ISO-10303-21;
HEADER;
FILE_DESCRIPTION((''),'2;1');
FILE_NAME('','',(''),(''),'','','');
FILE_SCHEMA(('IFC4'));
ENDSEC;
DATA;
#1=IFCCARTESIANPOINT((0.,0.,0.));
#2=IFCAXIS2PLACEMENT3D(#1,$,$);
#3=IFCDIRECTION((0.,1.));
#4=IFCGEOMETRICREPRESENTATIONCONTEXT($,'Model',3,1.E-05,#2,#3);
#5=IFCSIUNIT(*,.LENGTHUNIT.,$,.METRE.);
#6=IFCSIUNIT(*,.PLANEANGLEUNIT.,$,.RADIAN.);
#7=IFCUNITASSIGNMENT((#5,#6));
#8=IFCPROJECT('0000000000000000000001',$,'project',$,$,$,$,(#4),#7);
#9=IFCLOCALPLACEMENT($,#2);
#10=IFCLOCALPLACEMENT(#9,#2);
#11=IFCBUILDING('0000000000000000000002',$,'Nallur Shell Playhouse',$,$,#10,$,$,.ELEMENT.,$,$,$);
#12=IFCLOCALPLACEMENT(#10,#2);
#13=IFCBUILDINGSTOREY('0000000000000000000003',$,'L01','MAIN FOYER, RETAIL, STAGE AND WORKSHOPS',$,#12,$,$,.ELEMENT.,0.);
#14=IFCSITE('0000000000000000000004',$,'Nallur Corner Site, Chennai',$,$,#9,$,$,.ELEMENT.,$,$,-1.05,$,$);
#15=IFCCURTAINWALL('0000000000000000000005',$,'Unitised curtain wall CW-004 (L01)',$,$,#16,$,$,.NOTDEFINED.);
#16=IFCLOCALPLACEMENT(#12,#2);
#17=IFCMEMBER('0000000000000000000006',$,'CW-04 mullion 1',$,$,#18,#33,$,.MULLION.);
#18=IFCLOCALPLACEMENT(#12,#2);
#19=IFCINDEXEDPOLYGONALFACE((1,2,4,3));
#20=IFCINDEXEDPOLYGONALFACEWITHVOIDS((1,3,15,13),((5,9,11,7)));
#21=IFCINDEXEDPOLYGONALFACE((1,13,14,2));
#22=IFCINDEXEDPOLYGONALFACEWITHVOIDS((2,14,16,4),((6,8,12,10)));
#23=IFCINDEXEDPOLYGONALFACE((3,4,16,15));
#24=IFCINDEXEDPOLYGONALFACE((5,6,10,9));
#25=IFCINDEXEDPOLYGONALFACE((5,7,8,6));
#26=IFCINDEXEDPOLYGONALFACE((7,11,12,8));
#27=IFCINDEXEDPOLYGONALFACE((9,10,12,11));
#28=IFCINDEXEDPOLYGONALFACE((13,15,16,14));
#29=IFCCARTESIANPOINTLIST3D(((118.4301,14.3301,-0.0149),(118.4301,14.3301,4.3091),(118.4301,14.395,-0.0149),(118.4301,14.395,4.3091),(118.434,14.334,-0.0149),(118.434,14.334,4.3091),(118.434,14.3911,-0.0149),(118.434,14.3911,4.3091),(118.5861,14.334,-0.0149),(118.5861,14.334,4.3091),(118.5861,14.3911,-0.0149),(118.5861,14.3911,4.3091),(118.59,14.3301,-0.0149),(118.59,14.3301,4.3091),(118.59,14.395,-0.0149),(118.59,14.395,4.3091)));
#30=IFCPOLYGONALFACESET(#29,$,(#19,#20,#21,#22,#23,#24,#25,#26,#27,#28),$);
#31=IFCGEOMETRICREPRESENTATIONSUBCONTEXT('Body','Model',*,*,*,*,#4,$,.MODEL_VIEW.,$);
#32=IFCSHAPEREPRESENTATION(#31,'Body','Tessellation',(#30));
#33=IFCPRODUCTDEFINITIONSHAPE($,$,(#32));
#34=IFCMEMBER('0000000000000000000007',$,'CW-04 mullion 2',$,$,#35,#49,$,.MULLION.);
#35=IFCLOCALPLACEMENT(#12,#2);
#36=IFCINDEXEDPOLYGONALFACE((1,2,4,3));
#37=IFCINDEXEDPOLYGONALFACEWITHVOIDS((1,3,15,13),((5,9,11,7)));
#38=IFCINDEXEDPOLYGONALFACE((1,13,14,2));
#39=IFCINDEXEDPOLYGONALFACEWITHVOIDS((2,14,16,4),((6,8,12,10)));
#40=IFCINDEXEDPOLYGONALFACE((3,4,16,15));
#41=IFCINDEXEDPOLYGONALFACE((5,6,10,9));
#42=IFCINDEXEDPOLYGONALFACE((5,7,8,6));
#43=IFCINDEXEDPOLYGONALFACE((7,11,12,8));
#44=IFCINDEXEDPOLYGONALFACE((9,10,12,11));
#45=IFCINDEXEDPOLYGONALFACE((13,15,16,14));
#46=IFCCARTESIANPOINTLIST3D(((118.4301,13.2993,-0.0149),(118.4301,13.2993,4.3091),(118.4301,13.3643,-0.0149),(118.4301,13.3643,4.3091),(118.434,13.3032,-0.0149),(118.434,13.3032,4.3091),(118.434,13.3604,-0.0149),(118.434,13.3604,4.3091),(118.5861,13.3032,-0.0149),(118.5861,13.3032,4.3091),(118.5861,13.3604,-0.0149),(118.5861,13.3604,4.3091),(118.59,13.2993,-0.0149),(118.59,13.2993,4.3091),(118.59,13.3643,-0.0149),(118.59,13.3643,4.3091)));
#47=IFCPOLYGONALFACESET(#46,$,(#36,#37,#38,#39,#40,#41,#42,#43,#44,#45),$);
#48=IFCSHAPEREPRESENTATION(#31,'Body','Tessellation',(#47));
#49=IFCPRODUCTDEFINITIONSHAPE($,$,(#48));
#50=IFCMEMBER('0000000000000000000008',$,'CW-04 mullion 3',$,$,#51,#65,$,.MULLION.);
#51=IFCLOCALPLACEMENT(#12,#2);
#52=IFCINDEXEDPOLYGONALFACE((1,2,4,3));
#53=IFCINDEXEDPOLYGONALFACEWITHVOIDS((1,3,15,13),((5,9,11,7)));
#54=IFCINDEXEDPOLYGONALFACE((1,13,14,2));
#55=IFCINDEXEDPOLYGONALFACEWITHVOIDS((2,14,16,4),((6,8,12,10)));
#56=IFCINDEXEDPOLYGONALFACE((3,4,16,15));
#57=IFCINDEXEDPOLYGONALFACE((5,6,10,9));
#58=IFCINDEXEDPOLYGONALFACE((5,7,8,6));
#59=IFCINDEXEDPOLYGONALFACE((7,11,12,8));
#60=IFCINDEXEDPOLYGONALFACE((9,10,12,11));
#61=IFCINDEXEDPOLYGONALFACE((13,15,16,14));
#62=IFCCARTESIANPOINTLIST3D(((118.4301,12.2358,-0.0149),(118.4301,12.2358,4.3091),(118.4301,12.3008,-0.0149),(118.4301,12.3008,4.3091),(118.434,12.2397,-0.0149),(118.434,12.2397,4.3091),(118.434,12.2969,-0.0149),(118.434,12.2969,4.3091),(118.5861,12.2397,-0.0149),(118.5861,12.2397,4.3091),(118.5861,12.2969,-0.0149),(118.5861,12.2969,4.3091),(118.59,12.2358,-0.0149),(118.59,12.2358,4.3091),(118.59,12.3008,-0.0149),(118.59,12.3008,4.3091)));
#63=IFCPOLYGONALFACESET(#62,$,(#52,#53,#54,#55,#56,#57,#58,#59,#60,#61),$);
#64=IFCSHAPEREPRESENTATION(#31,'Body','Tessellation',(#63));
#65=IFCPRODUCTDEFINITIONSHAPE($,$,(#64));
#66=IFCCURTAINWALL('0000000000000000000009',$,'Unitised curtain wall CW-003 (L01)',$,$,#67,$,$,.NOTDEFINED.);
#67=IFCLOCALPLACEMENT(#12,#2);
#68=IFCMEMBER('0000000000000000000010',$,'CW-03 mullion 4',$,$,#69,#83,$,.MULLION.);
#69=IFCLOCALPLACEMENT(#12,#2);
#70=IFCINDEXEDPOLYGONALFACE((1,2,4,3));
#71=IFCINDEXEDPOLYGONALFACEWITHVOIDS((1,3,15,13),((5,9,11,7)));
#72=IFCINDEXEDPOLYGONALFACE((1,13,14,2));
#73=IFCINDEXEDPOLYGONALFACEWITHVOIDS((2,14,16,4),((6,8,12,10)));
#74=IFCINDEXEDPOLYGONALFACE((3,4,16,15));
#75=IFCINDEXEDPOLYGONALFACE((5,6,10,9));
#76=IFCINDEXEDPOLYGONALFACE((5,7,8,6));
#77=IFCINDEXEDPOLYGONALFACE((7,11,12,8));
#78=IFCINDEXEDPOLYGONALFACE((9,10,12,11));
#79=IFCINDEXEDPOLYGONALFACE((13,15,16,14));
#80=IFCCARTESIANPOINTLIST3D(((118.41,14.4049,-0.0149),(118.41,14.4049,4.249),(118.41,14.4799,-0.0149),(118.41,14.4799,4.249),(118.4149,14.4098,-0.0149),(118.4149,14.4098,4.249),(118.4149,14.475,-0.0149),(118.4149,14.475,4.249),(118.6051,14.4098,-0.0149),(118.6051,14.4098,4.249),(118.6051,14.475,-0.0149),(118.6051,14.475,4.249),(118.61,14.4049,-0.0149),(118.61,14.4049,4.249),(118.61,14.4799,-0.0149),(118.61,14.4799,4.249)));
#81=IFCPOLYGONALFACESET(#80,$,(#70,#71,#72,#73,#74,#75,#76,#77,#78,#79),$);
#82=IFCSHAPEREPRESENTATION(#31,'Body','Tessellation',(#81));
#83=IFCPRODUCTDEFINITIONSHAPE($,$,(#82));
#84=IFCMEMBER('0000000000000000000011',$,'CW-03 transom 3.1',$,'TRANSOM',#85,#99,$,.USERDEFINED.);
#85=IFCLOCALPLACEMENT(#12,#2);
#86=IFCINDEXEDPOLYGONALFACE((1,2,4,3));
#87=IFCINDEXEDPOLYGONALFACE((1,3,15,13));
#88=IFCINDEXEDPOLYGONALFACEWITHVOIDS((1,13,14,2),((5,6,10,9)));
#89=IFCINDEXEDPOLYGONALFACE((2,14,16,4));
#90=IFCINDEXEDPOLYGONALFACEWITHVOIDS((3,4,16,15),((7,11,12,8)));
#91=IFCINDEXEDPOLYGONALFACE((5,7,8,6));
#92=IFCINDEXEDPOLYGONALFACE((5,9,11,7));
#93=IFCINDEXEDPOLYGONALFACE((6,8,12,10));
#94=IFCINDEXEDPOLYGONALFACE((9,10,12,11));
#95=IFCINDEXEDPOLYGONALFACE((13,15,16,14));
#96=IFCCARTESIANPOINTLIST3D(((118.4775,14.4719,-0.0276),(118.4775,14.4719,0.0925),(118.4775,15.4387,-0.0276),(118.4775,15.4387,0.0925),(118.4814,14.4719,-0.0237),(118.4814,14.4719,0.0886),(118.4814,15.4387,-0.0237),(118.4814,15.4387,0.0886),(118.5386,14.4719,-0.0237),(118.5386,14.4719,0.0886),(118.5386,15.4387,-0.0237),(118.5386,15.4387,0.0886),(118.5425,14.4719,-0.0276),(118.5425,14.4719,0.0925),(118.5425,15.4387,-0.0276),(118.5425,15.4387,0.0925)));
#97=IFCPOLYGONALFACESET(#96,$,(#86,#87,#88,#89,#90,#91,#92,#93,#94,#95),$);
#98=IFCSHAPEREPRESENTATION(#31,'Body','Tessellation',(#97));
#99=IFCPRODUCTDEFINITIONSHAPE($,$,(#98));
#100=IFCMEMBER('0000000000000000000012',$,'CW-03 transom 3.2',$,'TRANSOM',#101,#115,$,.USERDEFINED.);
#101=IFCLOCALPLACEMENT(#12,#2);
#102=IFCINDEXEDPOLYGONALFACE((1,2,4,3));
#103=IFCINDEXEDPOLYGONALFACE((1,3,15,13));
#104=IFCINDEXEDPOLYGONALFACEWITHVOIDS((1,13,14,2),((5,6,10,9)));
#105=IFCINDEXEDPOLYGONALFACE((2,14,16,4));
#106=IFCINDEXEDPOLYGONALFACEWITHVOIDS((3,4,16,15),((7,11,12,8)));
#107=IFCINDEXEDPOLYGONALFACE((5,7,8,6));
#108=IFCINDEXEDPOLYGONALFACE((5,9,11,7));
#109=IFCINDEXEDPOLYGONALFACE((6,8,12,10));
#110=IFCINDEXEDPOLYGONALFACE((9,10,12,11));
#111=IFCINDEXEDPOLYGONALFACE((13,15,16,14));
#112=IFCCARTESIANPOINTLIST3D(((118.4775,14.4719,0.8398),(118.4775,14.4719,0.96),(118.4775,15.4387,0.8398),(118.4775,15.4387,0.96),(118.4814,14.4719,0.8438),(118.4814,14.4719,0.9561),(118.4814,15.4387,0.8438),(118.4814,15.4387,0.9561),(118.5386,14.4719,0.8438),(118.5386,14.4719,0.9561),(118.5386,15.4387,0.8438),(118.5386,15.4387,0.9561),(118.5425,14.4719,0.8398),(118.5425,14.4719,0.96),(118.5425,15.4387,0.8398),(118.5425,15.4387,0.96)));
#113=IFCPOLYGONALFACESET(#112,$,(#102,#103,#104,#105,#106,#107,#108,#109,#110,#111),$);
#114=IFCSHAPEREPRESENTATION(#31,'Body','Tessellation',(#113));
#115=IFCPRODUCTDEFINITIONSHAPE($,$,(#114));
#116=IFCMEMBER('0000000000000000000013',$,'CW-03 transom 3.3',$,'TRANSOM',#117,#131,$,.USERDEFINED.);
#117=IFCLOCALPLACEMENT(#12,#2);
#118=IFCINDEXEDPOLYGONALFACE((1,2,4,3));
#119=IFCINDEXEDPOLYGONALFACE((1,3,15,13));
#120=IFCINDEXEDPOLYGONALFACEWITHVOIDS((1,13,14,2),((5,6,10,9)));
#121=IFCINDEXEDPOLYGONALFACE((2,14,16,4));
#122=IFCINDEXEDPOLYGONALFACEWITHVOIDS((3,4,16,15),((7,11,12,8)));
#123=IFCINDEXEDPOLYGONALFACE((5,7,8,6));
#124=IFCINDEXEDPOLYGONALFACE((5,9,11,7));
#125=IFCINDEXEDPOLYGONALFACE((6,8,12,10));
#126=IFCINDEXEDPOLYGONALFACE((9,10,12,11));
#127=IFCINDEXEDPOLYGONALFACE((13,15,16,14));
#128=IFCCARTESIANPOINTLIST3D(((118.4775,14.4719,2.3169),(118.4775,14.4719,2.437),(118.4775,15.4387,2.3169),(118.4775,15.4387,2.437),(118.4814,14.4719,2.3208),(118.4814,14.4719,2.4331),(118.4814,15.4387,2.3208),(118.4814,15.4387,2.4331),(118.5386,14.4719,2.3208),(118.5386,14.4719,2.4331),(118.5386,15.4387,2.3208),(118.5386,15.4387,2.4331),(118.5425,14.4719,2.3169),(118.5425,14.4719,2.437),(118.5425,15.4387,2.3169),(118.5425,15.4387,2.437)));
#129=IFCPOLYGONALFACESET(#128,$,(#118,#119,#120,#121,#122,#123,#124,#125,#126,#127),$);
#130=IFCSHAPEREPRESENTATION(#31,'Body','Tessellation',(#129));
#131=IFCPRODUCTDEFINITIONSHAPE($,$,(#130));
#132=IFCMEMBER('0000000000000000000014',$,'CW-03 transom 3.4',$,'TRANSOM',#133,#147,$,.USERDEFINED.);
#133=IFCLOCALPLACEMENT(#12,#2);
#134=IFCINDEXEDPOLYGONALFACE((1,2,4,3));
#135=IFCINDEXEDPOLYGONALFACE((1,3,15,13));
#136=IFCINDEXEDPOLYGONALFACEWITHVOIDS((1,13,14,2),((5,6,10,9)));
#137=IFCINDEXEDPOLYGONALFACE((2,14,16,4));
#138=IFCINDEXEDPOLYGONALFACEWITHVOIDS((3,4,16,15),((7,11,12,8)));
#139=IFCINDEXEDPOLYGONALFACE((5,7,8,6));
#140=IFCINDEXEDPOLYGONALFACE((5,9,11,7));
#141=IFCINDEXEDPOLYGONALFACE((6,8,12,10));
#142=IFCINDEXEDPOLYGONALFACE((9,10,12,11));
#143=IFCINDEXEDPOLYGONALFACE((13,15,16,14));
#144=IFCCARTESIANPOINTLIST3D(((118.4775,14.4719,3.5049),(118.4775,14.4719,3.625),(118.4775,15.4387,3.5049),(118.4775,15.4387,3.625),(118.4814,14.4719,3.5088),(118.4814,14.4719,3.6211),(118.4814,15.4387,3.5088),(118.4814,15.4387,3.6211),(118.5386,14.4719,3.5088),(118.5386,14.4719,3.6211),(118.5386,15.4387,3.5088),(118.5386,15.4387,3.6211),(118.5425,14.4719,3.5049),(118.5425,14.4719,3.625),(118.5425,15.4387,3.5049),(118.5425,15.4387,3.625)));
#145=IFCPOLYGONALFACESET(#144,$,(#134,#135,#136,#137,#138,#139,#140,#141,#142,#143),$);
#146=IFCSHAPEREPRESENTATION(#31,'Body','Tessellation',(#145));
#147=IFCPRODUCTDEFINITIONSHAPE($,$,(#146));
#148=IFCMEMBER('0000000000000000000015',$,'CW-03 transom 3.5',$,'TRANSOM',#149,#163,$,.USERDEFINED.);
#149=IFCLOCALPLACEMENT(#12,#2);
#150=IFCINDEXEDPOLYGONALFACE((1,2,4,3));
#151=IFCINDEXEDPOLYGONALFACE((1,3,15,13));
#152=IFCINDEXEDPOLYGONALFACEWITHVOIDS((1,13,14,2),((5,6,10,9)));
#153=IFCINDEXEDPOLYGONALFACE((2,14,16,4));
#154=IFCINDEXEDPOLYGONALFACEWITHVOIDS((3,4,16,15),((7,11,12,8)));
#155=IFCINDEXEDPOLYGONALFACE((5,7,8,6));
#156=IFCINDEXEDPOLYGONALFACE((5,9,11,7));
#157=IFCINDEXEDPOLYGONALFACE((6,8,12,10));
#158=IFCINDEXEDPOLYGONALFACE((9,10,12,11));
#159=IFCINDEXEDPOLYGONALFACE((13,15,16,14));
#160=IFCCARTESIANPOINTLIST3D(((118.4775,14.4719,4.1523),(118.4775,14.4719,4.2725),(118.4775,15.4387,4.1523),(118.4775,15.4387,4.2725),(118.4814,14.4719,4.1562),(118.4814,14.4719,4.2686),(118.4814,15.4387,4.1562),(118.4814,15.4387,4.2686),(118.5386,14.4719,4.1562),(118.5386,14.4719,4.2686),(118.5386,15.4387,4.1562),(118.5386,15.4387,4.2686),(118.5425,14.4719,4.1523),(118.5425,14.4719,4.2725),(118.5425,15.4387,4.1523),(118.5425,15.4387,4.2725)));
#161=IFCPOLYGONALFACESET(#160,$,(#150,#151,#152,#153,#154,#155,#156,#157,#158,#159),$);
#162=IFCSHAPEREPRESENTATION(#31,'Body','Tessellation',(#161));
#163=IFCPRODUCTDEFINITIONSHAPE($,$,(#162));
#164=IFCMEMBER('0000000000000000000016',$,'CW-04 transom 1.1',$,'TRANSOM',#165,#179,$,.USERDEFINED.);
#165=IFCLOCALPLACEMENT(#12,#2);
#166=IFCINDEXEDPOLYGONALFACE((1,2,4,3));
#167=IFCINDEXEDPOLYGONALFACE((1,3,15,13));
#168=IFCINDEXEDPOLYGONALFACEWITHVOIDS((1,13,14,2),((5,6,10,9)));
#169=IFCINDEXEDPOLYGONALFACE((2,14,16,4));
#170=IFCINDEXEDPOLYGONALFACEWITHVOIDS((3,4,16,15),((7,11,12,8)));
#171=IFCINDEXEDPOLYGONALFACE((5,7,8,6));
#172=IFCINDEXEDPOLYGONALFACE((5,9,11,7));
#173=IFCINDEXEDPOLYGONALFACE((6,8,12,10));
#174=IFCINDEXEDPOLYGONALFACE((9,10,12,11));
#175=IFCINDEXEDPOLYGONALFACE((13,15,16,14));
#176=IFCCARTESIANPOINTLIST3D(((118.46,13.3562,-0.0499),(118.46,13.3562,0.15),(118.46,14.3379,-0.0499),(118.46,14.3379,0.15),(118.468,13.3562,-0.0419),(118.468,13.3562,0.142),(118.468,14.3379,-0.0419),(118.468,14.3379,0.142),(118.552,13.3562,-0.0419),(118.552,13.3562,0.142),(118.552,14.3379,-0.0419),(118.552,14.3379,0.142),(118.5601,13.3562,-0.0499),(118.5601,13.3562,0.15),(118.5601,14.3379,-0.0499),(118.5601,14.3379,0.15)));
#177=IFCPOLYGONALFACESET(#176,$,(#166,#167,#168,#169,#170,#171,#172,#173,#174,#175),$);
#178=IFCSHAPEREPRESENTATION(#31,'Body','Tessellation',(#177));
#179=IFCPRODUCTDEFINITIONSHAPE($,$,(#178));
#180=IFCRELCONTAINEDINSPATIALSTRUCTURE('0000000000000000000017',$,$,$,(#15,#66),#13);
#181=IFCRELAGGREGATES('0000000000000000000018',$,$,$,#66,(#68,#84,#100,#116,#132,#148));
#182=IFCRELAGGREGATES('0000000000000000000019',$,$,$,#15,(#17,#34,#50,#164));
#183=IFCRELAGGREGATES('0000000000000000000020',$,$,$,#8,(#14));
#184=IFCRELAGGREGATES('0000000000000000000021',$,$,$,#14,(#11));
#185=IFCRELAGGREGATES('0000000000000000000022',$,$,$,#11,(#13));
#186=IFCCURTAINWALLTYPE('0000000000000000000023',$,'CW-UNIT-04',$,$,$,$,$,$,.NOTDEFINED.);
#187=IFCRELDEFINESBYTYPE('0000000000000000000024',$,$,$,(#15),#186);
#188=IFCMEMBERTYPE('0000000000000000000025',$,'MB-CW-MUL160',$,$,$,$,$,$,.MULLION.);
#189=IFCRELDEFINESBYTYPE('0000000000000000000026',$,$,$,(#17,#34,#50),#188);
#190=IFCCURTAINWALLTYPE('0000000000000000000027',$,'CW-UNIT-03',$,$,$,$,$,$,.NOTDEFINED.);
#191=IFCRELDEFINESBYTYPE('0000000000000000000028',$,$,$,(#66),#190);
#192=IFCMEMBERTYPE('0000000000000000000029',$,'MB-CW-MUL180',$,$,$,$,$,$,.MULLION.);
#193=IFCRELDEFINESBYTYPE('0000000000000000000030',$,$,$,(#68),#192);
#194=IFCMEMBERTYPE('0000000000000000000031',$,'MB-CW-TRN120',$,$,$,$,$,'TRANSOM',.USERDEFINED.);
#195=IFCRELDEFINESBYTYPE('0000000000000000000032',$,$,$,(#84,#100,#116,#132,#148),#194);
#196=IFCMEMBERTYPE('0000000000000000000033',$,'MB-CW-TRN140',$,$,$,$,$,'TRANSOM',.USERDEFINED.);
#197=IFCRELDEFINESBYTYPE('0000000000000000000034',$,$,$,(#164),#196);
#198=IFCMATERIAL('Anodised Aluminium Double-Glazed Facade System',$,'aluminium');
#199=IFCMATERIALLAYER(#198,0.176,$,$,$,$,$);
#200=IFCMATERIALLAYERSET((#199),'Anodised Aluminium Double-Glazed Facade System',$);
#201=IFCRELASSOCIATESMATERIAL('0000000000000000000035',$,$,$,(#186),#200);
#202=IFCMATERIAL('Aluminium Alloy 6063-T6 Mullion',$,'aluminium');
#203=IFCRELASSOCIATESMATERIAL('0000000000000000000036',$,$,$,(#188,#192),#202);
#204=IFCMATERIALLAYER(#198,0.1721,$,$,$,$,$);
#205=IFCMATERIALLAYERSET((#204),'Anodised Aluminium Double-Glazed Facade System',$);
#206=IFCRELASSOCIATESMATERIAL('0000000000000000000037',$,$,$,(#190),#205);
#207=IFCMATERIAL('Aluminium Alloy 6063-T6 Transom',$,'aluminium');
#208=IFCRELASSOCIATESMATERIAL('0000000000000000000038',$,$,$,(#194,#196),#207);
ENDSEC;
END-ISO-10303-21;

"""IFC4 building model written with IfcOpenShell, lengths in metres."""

from ifc_helpers import new_model, si_unit, direction, frame, origin, origin_2d, place, context, subcontext, project, spatial, hollow_rectangle, extrude, material, layer, layer_set, material_profile, profile_set, type_object, element, aggregate, save


model = new_model("IFC4")

# Units and contexts
model_context = context("Model", 3, precision=1e-05, world=origin(), true_north=direction((0.0, 1.0)))
body_context = subcontext(model_context, "Body", "Model", "MODEL_VIEW")
ifc_project = project(units=[si_unit("LENGTHUNIT", "METRE"), si_unit("PLANEANGLEUNIT", "RADIAN")], contexts=[model_context])

# Site, building, storey
site_placement = place(None, origin())
site = spatial("IfcSite", under=ifc_project, at=site_placement, Name="Nallur Corner Site, Chennai", CompositionType="ELEMENT", RefElevation=-1.05)
building_placement = place(site_placement, origin())
building = spatial("IfcBuilding", under=site, at=building_placement, Name="Nallur Shell Playhouse", CompositionType="ELEMENT")
storey_placement = place(building_placement, origin())
storey = spatial("IfcBuildingStorey", under=building, at=storey_placement, Name="L01", Description="MAIN FOYER, RETAIL, STAGE AND WORKSHOPS", CompositionType="ELEMENT", Elevation=0.0)

# Curtain walls, members
ifc_material_1 = material(Name="Anodised Aluminium Double-Glazed Facade System", Category="aluminium")
ifc_layer_1 = layer(ifc_material_1, 0.176)
ifc_layer_set_1 = layer_set([ifc_layer_1], Name="Anodised Aluminium Double-Glazed Facade System")
curtain_wall_type_1 = type_object("IfcCurtainWallType", Name="CW-UNIT-04", PredefinedType="NOTDEFINED", material=ifc_layer_set_1)
curtain_wall_1_placement = place(storey_placement, origin())
curtain_wall_1 = element("IfcCurtainWall", 1, at=curtain_wall_1_placement, inside=storey, type_object=curtain_wall_type_1, Name="Unitised curtain wall CW-004 (L01)", PredefinedType="NOTDEFINED")
ifc_material_2 = material(Name="Aluminium Alloy 6063-T6 Mullion", Category="aluminium")
ifc_material_profile_1 = material_profile(ifc_material_2, hollow_rectangle(XDim=0.0649, YDim=0.1599, WallThickness=0.0039, at=origin_2d()), Name="ALU 65x160x4")
ifc_profile_set_1 = profile_set([ifc_material_profile_1], Name="Aluminium Alloy 6063-T6 Mullion")
member_type_1 = type_object("IfcMemberType", Name="MB-CW-MUL160", PredefinedType="MULLION", material=ifc_profile_set_1)
member_1_placement = place(storey_placement, frame((118.51, 14.3625, -0.0149), z_axis=(0.0, 0.0, 1.0), x_axis=(0.0, -1.0, 0.0)))
member_1 = element("IfcMember", 2, at=member_1_placement, type_object=member_type_1, Name="CW-04 mullion 1", PredefinedType="MULLION", context=body_context, shape_type="SweptSolid", body=[
    extrude(hollow_rectangle(XDim=0.0649, YDim=0.1599, WallThickness=0.0039, at=origin_2d()), origin(), (0.0, 0.0, 1.0), 4.324),
])
member_2_placement = place(storey_placement, frame((118.51, 13.3318, -0.0149), z_axis=(0.0, 0.0, 1.0), x_axis=(0.0, -1.0, 0.0)))
member_2 = element("IfcMember", 3, at=member_2_placement, type_object=member_type_1, Name="CW-04 mullion 2", PredefinedType="MULLION", context=body_context, shape_type="SweptSolid", body=[
    extrude(hollow_rectangle(XDim=0.0649, YDim=0.1599, WallThickness=0.0039, at=origin_2d()), origin(), (0.0, 0.0, 1.0), 4.324),
])
member_3_placement = place(storey_placement, frame((118.51, 12.2683, -0.0149), z_axis=(0.0, 0.0, 1.0), x_axis=(0.0, -1.0, 0.0)))
member_3 = element("IfcMember", 4, at=member_3_placement, type_object=member_type_1, Name="CW-04 mullion 3", PredefinedType="MULLION", context=body_context, shape_type="SweptSolid", body=[
    extrude(hollow_rectangle(XDim=0.0649, YDim=0.1599, WallThickness=0.0039, at=origin_2d()), origin(), (0.0, 0.0, 1.0), 4.324),
])
ifc_layer_2 = layer(ifc_material_1, 0.1721)
ifc_layer_set_2 = layer_set([ifc_layer_2], Name="Anodised Aluminium Double-Glazed Facade System")
curtain_wall_type_2 = type_object("IfcCurtainWallType", Name="CW-UNIT-03", PredefinedType="NOTDEFINED", material=ifc_layer_set_2)
curtain_wall_2_placement = place(storey_placement, origin())
curtain_wall_2 = element("IfcCurtainWall", 5, at=curtain_wall_2_placement, inside=storey, type_object=curtain_wall_type_2, Name="Unitised curtain wall CW-003 (L01)", PredefinedType="NOTDEFINED")
ifc_material_profile_2 = material_profile(ifc_material_2, hollow_rectangle(XDim=0.075, YDim=0.2, WallThickness=0.0049, at=origin_2d()), Name="ALU 75x200x5")
ifc_profile_set_2 = profile_set([ifc_material_profile_2], Name="Aluminium Alloy 6063-T6 Mullion")
member_type_2 = type_object("IfcMemberType", Name="MB-CW-MUL180", PredefinedType="MULLION", material=ifc_profile_set_2)
member_4_placement = place(storey_placement, frame((118.51, 14.4424, -0.0149), z_axis=(0.0, 0.0, 1.0), x_axis=(0.0, -1.0, 0.0)))
member_4 = element("IfcMember", 6, at=member_4_placement, type_object=member_type_2, Name="CW-03 mullion 4", PredefinedType="MULLION", context=body_context, shape_type="SweptSolid", body=[
    extrude(hollow_rectangle(XDim=0.075, YDim=0.2, WallThickness=0.0049, at=origin_2d()), origin(), (0.0, 0.0, 1.0), 4.2639),
])
ifc_material_3 = material(Name="Aluminium Alloy 6063-T6 Transom", Category="aluminium")
ifc_material_profile_3 = material_profile(ifc_material_3, hollow_rectangle(XDim=0.0649, YDim=0.1201, WallThickness=0.0039, at=origin_2d()), Name="ALU 65x120x4")
ifc_profile_set_3 = profile_set([ifc_material_profile_3], Name="Aluminium Alloy 6063-T6 Transom")
member_type_3 = type_object("IfcMemberType", Name="MB-CW-TRN120", ElementType="TRANSOM", PredefinedType="USERDEFINED", material=ifc_profile_set_3)
member_5_placement = place(storey_placement, frame((118.51, 15.4387, 0.0325), z_axis=(0.0, -1.0, 0.0), x_axis=(1.0, 0.0, 0.0)))
member_5 = element("IfcMember", 7, at=member_5_placement, type_object=member_type_3, Name="CW-03 transom 3.1", ObjectType="TRANSOM", PredefinedType="USERDEFINED", context=body_context, shape_type="SweptSolid", body=[
    extrude(hollow_rectangle(XDim=0.0649, YDim=0.1201, WallThickness=0.0039, at=origin_2d()), origin(), (0.0, 0.0, 1.0), 0.9668),
])
member_6_placement = place(storey_placement, frame((118.51, 15.4387, 0.8999), z_axis=(0.0, -1.0, 0.0), x_axis=(1.0, 0.0, 0.0)))
member_6 = element("IfcMember", 8, at=member_6_placement, type_object=member_type_3, Name="CW-03 transom 3.2", ObjectType="TRANSOM", PredefinedType="USERDEFINED", context=body_context, shape_type="SweptSolid", body=[
    extrude(hollow_rectangle(XDim=0.0649, YDim=0.1201, WallThickness=0.0039, at=origin_2d()), origin(), (0.0, 0.0, 1.0), 0.9668),
])
member_7_placement = place(storey_placement, frame((118.51, 15.4387, 2.377), z_axis=(0.0, -1.0, 0.0), x_axis=(1.0, 0.0, 0.0)))
member_7 = element("IfcMember", 9, at=member_7_placement, type_object=member_type_3, Name="CW-03 transom 3.3", ObjectType="TRANSOM", PredefinedType="USERDEFINED", context=body_context, shape_type="SweptSolid", body=[
    extrude(hollow_rectangle(XDim=0.0649, YDim=0.1201, WallThickness=0.0039, at=origin_2d()), origin(), (0.0, 0.0, 1.0), 0.9668),
])
member_8_placement = place(storey_placement, frame((118.51, 15.4387, 3.5649), z_axis=(0.0, -1.0, 0.0), x_axis=(1.0, 0.0, 0.0)))
member_8 = element("IfcMember", 10, at=member_8_placement, type_object=member_type_3, Name="CW-03 transom 3.4", ObjectType="TRANSOM", PredefinedType="USERDEFINED", context=body_context, shape_type="SweptSolid", body=[
    extrude(hollow_rectangle(XDim=0.0649, YDim=0.1201, WallThickness=0.0039, at=origin_2d()), origin(), (0.0, 0.0, 1.0), 0.9668),
])
member_9_placement = place(storey_placement, frame((118.51, 15.4387, 4.2124), z_axis=(0.0, -1.0, 0.0), x_axis=(1.0, 0.0, 0.0)))
member_9 = element("IfcMember", 11, at=member_9_placement, type_object=member_type_3, Name="CW-03 transom 3.5", ObjectType="TRANSOM", PredefinedType="USERDEFINED", context=body_context, shape_type="SweptSolid", body=[
    extrude(hollow_rectangle(XDim=0.0649, YDim=0.1201, WallThickness=0.0039, at=origin_2d()), origin(), (0.0, 0.0, 1.0), 0.9668),
])

# Member
ifc_material_profile_4 = material_profile(ifc_material_3, hollow_rectangle(XDim=0.1001, YDim=0.2, WallThickness=0.0081, at=origin_2d()), Name="RHS 200x100x8")
ifc_profile_set_4 = profile_set([ifc_material_profile_4], Name="Aluminium Alloy 6063-T6 Transom")
member_type_4 = type_object("IfcMemberType", Name="MB-CW-TRN140", ElementType="TRANSOM", PredefinedType="USERDEFINED", material=ifc_profile_set_4)
member_10_placement = place(storey_placement, frame((118.51, 14.3379, 0.05), z_axis=(0.0, -1.0, 0.0), x_axis=(1.0, 0.0, 0.0)))
member_10 = element("IfcMember", 12, at=member_10_placement, type_object=member_type_4, Name="CW-04 transom 1.1", ObjectType="TRANSOM", PredefinedType="USERDEFINED", context=body_context, shape_type="SweptSolid", body=[
    extrude(hollow_rectangle(XDim=0.1001, YDim=0.2, WallThickness=0.0081, at=origin_2d()), origin(), (0.0, 0.0, 1.0), 0.9817),
])

aggregate(curtain_wall_2, [member_4, member_5, member_6, member_7, member_8, member_9])
aggregate(curtain_wall_1, [member_1, member_2, member_3, member_10])

save(model, "model.ifc")
